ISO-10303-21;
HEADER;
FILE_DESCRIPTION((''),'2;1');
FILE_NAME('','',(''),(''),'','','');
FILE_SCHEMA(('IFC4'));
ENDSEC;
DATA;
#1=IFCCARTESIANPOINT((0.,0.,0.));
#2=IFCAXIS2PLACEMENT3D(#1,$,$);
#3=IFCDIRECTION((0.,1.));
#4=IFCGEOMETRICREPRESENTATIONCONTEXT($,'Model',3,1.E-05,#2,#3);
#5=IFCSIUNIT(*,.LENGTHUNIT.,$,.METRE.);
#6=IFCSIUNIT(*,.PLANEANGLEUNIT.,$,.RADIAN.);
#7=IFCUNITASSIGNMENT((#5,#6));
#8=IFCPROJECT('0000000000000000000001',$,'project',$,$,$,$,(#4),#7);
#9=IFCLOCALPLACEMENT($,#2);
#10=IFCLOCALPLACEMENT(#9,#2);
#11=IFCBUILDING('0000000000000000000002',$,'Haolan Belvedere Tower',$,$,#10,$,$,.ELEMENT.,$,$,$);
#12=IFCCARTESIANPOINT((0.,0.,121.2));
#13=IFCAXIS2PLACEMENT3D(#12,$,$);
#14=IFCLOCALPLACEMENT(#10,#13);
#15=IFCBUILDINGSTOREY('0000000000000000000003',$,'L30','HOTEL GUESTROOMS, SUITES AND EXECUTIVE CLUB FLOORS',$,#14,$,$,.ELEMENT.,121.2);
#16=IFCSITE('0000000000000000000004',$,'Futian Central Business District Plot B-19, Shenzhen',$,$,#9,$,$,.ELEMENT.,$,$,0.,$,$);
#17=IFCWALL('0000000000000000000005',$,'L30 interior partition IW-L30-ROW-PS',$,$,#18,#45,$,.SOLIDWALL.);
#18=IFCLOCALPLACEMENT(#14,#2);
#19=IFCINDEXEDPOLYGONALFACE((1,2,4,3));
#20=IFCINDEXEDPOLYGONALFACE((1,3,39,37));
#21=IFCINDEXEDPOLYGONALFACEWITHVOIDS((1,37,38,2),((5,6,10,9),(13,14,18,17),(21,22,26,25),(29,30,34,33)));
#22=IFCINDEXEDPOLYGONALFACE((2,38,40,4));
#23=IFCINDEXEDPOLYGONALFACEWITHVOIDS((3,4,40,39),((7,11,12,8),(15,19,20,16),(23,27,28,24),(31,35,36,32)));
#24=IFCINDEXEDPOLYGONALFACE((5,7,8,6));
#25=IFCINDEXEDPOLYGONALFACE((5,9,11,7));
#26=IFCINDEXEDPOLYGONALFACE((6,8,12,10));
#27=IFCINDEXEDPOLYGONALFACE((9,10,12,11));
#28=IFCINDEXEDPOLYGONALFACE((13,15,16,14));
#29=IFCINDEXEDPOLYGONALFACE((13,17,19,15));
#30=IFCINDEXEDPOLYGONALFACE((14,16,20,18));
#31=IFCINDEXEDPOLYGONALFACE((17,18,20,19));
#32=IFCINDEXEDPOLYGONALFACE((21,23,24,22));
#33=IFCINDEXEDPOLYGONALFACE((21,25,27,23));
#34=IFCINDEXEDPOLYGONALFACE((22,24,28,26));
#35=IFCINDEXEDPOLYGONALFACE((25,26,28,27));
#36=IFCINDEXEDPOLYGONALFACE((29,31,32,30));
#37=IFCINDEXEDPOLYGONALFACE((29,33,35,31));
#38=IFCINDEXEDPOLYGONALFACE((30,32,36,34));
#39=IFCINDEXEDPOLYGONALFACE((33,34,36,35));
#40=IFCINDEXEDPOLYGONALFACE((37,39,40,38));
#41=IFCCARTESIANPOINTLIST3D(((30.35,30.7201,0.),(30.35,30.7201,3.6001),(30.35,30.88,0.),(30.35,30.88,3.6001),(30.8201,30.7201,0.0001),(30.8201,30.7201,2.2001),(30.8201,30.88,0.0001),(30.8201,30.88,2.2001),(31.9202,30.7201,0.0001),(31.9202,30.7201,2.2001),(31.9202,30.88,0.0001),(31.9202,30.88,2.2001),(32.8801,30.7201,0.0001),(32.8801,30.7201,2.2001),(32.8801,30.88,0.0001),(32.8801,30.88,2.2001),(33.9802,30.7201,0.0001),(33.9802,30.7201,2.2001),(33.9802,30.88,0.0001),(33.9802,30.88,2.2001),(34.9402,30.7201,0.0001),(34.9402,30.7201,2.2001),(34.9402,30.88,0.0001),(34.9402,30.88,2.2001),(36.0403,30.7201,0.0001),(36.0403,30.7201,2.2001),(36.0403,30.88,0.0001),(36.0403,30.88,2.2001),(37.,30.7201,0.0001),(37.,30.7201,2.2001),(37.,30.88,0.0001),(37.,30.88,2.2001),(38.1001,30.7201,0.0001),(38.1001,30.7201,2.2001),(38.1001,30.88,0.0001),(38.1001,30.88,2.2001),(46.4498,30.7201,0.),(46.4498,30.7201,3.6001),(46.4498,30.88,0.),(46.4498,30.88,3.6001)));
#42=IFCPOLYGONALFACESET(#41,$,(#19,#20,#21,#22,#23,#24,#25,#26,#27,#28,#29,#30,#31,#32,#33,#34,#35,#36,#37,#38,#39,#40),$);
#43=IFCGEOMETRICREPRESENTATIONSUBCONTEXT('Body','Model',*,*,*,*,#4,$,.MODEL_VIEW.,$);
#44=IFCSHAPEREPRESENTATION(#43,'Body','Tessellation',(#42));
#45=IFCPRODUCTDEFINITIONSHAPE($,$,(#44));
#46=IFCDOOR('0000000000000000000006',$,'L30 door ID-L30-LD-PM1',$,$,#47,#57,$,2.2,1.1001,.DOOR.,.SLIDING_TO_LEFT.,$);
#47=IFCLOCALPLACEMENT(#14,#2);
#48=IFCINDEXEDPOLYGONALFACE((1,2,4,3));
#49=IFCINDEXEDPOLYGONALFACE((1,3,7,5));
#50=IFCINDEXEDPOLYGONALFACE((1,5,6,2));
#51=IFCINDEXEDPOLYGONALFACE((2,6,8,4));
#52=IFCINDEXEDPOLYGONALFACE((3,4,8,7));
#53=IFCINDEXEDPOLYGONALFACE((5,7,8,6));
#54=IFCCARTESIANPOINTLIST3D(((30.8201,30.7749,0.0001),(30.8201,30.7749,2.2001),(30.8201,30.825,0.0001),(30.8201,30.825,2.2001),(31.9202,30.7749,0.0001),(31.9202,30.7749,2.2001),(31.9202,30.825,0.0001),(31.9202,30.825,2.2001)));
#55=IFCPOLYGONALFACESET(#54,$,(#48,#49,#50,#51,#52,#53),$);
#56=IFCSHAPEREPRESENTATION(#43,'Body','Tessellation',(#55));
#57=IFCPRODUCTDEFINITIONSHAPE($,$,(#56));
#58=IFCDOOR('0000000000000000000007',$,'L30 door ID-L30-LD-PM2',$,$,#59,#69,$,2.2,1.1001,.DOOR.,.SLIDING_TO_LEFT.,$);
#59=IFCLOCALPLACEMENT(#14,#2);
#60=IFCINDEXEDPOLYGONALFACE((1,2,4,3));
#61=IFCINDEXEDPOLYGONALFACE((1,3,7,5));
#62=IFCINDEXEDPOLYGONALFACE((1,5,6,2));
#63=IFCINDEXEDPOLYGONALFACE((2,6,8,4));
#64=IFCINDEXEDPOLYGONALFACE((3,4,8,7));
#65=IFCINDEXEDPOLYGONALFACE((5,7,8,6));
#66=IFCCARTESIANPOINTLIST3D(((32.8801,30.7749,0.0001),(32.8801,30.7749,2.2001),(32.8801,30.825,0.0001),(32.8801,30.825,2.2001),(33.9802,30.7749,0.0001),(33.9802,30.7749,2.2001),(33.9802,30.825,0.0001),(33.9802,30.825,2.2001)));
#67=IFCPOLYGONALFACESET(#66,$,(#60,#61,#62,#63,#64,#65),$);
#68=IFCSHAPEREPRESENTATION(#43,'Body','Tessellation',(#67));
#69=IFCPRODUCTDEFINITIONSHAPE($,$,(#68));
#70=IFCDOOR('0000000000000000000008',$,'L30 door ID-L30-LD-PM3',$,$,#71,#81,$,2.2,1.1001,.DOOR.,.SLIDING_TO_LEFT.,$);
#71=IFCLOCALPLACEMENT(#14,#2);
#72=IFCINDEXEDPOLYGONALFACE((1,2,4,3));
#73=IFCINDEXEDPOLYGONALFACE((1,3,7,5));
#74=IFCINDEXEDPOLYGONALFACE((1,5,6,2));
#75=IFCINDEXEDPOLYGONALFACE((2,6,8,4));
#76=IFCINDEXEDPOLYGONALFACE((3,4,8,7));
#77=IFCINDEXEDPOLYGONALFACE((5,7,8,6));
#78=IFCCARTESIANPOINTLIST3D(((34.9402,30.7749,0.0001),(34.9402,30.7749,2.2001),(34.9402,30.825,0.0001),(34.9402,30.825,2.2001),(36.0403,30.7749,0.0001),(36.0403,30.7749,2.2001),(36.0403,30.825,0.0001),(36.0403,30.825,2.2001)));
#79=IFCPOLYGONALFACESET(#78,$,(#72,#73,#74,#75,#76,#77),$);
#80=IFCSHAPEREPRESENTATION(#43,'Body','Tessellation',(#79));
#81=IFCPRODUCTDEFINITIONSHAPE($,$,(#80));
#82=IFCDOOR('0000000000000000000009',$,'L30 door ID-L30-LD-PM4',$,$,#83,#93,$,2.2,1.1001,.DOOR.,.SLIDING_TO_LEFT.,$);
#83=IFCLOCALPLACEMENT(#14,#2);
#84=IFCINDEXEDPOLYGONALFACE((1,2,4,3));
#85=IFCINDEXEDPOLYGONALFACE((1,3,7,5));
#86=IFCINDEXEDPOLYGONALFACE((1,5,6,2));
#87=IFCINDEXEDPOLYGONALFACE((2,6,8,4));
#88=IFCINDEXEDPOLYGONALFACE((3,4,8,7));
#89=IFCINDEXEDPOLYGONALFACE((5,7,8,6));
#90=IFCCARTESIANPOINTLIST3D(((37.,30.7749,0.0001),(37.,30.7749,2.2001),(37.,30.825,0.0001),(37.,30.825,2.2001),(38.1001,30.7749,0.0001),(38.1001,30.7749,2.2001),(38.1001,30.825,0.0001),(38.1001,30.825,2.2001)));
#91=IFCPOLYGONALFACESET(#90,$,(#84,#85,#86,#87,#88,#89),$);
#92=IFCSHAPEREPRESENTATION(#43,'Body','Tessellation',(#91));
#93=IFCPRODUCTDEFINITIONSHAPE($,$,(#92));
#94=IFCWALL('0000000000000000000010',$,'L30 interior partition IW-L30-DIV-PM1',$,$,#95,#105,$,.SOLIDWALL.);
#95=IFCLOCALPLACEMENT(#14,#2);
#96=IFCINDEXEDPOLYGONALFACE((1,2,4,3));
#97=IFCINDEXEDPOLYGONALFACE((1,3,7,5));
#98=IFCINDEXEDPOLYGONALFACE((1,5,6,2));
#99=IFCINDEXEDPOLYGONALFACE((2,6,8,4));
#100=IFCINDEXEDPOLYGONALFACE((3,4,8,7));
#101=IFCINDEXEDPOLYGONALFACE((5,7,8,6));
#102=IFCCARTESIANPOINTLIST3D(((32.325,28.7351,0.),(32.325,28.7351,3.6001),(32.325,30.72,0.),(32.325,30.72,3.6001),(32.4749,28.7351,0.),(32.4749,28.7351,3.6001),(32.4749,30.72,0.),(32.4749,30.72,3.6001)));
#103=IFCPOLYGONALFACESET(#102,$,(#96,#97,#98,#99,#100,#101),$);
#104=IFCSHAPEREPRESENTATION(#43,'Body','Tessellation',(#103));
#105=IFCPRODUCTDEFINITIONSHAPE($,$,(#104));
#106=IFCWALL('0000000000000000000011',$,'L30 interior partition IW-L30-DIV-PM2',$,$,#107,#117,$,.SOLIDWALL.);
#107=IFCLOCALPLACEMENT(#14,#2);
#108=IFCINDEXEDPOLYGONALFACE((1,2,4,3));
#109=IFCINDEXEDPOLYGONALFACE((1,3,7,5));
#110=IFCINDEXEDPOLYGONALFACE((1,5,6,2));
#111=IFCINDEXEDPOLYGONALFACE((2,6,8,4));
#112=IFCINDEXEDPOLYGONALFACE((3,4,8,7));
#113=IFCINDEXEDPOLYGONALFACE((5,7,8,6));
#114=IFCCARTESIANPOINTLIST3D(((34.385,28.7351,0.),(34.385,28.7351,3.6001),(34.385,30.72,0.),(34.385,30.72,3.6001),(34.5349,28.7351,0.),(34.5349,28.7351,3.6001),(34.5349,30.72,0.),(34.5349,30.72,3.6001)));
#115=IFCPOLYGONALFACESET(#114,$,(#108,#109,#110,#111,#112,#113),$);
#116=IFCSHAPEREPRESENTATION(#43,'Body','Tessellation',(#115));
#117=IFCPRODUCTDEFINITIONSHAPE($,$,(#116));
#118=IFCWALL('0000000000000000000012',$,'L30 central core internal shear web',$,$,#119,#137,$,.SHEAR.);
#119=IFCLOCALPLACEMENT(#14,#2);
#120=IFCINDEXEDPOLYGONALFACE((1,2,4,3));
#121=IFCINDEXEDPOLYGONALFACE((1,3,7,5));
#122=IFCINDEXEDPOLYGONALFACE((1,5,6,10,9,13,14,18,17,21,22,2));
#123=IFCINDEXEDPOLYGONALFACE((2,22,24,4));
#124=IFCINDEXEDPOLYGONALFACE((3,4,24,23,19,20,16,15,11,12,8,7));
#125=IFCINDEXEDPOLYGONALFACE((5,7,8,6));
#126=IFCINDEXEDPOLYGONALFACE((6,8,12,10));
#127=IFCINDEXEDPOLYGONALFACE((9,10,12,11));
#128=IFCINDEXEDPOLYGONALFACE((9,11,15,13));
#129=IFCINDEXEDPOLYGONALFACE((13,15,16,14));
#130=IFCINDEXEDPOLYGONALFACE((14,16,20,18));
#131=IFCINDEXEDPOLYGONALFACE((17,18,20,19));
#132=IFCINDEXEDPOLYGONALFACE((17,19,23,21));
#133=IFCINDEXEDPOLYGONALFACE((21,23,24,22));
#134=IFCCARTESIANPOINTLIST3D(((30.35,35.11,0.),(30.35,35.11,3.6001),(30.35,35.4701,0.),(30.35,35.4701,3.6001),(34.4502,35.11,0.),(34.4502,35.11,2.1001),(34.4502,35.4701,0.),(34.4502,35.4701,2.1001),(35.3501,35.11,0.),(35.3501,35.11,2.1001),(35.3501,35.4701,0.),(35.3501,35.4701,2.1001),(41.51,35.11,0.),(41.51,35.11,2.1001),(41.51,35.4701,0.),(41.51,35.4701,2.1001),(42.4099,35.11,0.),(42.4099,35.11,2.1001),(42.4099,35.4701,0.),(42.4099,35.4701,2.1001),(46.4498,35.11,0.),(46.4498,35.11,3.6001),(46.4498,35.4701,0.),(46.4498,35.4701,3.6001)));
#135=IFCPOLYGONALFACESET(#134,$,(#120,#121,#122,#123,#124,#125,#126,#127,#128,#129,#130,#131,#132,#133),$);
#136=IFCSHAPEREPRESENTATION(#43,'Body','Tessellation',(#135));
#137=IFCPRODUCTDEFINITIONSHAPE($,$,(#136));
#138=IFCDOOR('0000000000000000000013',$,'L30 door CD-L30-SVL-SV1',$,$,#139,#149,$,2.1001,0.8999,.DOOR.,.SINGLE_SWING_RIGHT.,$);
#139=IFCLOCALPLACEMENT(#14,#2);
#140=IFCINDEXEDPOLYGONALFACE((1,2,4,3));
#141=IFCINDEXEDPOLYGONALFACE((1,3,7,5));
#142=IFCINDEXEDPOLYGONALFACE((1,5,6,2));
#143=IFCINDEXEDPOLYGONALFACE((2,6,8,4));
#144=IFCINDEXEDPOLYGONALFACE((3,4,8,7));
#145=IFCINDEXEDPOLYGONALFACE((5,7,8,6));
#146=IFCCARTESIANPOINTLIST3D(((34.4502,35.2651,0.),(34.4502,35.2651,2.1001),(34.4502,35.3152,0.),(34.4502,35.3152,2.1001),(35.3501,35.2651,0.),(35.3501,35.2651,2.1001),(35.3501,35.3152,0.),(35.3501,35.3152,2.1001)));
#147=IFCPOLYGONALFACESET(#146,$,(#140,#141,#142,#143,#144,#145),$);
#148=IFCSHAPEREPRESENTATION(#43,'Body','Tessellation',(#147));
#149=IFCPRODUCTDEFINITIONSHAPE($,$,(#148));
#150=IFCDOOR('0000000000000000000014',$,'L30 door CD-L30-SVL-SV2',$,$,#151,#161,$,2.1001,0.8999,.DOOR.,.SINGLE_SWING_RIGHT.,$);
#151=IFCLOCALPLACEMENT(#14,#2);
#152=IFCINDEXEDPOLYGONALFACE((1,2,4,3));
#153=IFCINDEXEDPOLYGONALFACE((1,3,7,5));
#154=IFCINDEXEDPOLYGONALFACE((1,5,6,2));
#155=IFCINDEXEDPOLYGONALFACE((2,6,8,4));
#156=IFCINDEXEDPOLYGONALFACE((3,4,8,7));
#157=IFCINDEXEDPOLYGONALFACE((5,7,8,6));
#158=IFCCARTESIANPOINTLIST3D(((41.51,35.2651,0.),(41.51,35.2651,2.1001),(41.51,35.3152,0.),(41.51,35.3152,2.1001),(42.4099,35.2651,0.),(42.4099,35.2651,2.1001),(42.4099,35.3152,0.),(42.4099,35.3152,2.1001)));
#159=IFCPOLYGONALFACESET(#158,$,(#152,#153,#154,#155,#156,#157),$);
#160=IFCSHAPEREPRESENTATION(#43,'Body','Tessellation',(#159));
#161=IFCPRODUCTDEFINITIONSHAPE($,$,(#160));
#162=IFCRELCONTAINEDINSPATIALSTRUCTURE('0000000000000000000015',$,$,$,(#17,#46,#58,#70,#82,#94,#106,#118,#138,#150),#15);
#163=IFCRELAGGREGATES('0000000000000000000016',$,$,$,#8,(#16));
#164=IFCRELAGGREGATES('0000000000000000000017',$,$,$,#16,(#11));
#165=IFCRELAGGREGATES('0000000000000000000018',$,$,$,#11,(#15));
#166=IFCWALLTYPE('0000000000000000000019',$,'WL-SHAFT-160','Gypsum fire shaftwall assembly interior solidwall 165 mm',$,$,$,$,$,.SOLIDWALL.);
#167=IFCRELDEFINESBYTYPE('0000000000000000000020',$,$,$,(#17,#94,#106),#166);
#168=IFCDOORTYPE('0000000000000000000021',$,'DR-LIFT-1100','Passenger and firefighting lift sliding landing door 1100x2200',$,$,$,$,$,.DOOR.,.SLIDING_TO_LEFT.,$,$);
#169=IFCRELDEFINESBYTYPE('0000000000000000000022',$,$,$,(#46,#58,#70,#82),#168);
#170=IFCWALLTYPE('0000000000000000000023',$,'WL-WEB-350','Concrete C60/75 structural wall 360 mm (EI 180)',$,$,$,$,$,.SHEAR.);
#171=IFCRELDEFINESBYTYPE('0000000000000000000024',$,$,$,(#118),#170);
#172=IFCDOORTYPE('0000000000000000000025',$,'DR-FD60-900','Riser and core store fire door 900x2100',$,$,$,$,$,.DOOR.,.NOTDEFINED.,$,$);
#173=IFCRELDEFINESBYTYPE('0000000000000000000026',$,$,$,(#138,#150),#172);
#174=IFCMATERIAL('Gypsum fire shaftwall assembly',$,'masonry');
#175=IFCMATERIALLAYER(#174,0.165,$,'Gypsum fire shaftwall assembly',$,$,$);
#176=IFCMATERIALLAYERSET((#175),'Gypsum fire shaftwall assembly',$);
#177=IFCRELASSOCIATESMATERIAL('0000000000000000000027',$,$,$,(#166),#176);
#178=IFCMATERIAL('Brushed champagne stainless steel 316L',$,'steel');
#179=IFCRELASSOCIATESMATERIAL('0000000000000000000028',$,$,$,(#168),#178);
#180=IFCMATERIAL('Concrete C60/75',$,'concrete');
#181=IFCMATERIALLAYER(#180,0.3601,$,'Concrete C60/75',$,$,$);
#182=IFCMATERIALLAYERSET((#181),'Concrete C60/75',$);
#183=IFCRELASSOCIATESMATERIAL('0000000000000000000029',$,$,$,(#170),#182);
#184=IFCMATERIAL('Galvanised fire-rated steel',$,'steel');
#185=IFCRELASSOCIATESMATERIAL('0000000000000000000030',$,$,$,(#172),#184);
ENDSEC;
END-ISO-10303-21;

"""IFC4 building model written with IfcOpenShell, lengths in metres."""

from ifc_helpers import new_model, si_unit, direction, frame, frame_2d, origin, place, context, subcontext, project, spatial, rectangle, extrude, material, layer, layer_set, type_object, element, fill, save


model = new_model("IFC4")

# Units and contexts
model_context = context("Model", 3, precision=1e-05, world=origin(), true_north=direction((0.0, 1.0)))
body_context = subcontext(model_context, "Body", "Model", "MODEL_VIEW")
ifc_project = project(units=[si_unit("LENGTHUNIT", "METRE"), si_unit("PLANEANGLEUNIT", "RADIAN")], contexts=[model_context])

# Site, building, storey
site_placement = place(None, origin())
site = spatial("IfcSite", under=ifc_project, at=site_placement, Name="Futian Central Business District Plot B-19, Shenzhen", CompositionType="ELEMENT", RefElevation=0.0)
building_placement = place(site_placement, origin())
building = spatial("IfcBuilding", under=site, at=building_placement, Name="Haolan Belvedere Tower", CompositionType="ELEMENT")
storey_placement = place(building_placement, frame((0.0, 0.0, 121.2)))
storey = spatial("IfcBuildingStorey", under=building, at=storey_placement, Name="L30", Description="HOTEL GUESTROOMS, SUITES AND EXECUTIVE CLUB FLOORS", CompositionType="ELEMENT", Elevation=121.2)

# Shared definitions
ifc_material_1 = material(Name="Concrete C60/75", Category="concrete")

# Shared definitions
ifc_material_2 = material(Name="Gypsum fire shaftwall assembly", Category="masonry")
ifc_layer_1 = layer(ifc_material_2, 0.165, Name="Gypsum fire shaftwall assembly")
ifc_layer_set_1 = layer_set([ifc_layer_1], Name="Gypsum fire shaftwall assembly")
wall_type_1 = type_object("IfcWallType", Name="WL-SHAFT-160", Description="Gypsum fire shaftwall assembly interior solidwall 165 mm", PredefinedType="SOLIDWALL", material=ifc_layer_set_1)

# Wall, openings, doors
wall_1_placement = place(storey_placement, frame((30.3501, 30.8, 0.0), z_axis=(0.0, 0.0, 1.0), x_axis=(1.0, 0.0, 0.0)))
wall_1 = element("IfcWall", 1, at=wall_1_placement, inside=storey, type_object=wall_type_1, Name="L30 interior partition IW-L30-ROW-PS", PredefinedType="SOLIDWALL", context=body_context, shape_type="SweptSolid", body=[
    extrude(rectangle(XDim=16.0999, YDim=0.1599, at=frame_2d((8.0498, 0.0))), origin(), (0.0, 0.0, 1.0), 3.6001),
])
opening_1_placement = place(wall_1_placement, frame((0.47, 0.0, 0.0)))
opening_1 = element("IfcOpeningElement", 2, at=opening_1_placement, cuts=wall_1, PredefinedType="OPENING", context=body_context, shape_type="SweptSolid", body=[
    extrude(rectangle(XDim=1.1001, YDim=2.2, at=frame_2d((0.55, 1.1001))), frame((0.0, 0.0898, 0.0), z_axis=(0.0, -1.0, 0.0), x_axis=(1.0, 0.0, 0.0)), (0.0, 0.0, 1.0), 0.1799),
])
opening_2_placement = place(wall_1_placement, frame((2.53, 0.0, 0.0)))
opening_2 = element("IfcOpeningElement", 3, at=opening_2_placement, cuts=wall_1, PredefinedType="OPENING", context=body_context, shape_type="SweptSolid", body=[
    extrude(rectangle(XDim=1.1001, YDim=2.2, at=frame_2d((0.55, 1.1001))), frame((0.0, 0.0898, 0.0), z_axis=(0.0, -1.0, 0.0), x_axis=(1.0, 0.0, 0.0)), (0.0, 0.0, 1.0), 0.1799),
])
opening_3_placement = place(wall_1_placement, frame((4.5901, 0.0, 0.0)))
opening_3 = element("IfcOpeningElement", 4, at=opening_3_placement, cuts=wall_1, PredefinedType="OPENING", context=body_context, shape_type="SweptSolid", body=[
    extrude(rectangle(XDim=1.1001, YDim=2.2, at=frame_2d((0.55, 1.1001))), frame((0.0, 0.0898, 0.0), z_axis=(0.0, -1.0, 0.0), x_axis=(1.0, 0.0, 0.0)), (0.0, 0.0, 1.0), 0.1799),
])
opening_4_placement = place(wall_1_placement, frame((6.6499, 0.0, 0.0)))
opening_4 = element("IfcOpeningElement", 5, at=opening_4_placement, cuts=wall_1, PredefinedType="OPENING", context=body_context, shape_type="SweptSolid", body=[
    extrude(rectangle(XDim=1.1001, YDim=2.2, at=frame_2d((0.55, 1.1001))), frame((0.0, 0.0898, 0.0), z_axis=(0.0, -1.0, 0.0), x_axis=(1.0, 0.0, 0.0)), (0.0, 0.0, 1.0), 0.1799),
])
ifc_material_3 = material(Name="Brushed champagne stainless steel 316L", Category="steel")
door_type_1 = type_object("IfcDoorType", Name="DR-LIFT-1100", Description="Passenger and firefighting lift sliding landing door 1100x2200", OperationType="SLIDING_TO_LEFT", PredefinedType="DOOR", material=ifc_material_3)
door_1_placement = place(opening_1_placement, origin())
door_1 = element("IfcDoor", 6, at=door_1_placement, inside=storey, type_object=door_type_1, Name="L30 door ID-L30-LD-PM1", OperationType="SLIDING_TO_LEFT", OverallHeight=2.2, OverallWidth=1.1001, PredefinedType="DOOR", context=body_context, shape_type="SweptSolid", body=[
    extrude(rectangle(XDim=1.1001, YDim=2.2, at=frame_2d((0.55, 1.1001))), frame((0.0, 0.0249, 0.0), z_axis=(0.0, -1.0, 0.0), x_axis=(1.0, 0.0, 0.0)), (0.0, 0.0, 1.0), 0.05),
])
fill(opening_1, door_1)
door_2_placement = place(opening_2_placement, origin())
door_2 = element("IfcDoor", 7, at=door_2_placement, inside=storey, type_object=door_type_1, Name="L30 door ID-L30-LD-PM2", OperationType="SLIDING_TO_LEFT", OverallHeight=2.2, OverallWidth=1.1001, PredefinedType="DOOR", context=body_context, shape_type="SweptSolid", body=[
    extrude(rectangle(XDim=1.1001, YDim=2.2, at=frame_2d((0.55, 1.1001))), frame((0.0, 0.0249, 0.0), z_axis=(0.0, -1.0, 0.0), x_axis=(1.0, 0.0, 0.0)), (0.0, 0.0, 1.0), 0.05),
])
fill(opening_2, door_2)
door_3_placement = place(opening_3_placement, origin())
door_3 = element("IfcDoor", 8, at=door_3_placement, inside=storey, type_object=door_type_1, Name="L30 door ID-L30-LD-PM3", OperationType="SLIDING_TO_LEFT", OverallHeight=2.2, OverallWidth=1.1001, PredefinedType="DOOR", context=body_context, shape_type="SweptSolid", body=[
    extrude(rectangle(XDim=1.1001, YDim=2.2, at=frame_2d((0.55, 1.1001))), frame((0.0, 0.0249, 0.0), z_axis=(0.0, -1.0, 0.0), x_axis=(1.0, 0.0, 0.0)), (0.0, 0.0, 1.0), 0.05),
])
fill(opening_3, door_3)
door_4_placement = place(opening_4_placement, origin())
door_4 = element("IfcDoor", 9, at=door_4_placement, inside=storey, type_object=door_type_1, Name="L30 door ID-L30-LD-PM4", OperationType="SLIDING_TO_LEFT", OverallHeight=2.2, OverallWidth=1.1001, PredefinedType="DOOR", context=body_context, shape_type="SweptSolid", body=[
    extrude(rectangle(XDim=1.1001, YDim=2.2, at=frame_2d((0.55, 1.1001))), frame((0.0, 0.0249, 0.0), z_axis=(0.0, -1.0, 0.0), x_axis=(1.0, 0.0, 0.0)), (0.0, 0.0, 1.0), 0.05),
])
fill(opening_4, door_4)

# Walls
for number, where, z_axis, x_axis, name in (
    (10, (32.3999, 28.7351, 0.0), (0.0, 0.0, 1.0), (0.0, 1.0, 0.0), "L30 interior partition IW-L30-DIV-PM1"),
    (11, (34.46, 28.7351, 0.0), (0.0, 0.0, 1.0), (0.0, 1.0, 0.0), "L30 interior partition IW-L30-DIV-PM2"),
):
    element("IfcWall", number, at=place(storey_placement, frame(where, z_axis=z_axis, x_axis=x_axis)), inside=storey, type_object=wall_type_1, Name=name, PredefinedType="SOLIDWALL", context=body_context, shape_type="SweptSolid", body=[
        extrude(rectangle(XDim=1.9849, YDim=0.1499, at=frame_2d((0.9924, 0.0))), origin(), (0.0, 0.0, 1.0), 3.6001),
    ])

# Wall, openings, doors
ifc_layer_2 = layer(ifc_material_1, 0.3601, Name="Concrete C60/75")
ifc_layer_set_2 = layer_set([ifc_layer_2], Name="Concrete C60/75")
wall_type_2 = type_object("IfcWallType", Name="WL-WEB-350", Description="Concrete C60/75 structural wall 360 mm (EI 180)", PredefinedType="SHEAR", material=ifc_layer_set_2)
wall_2_placement = place(storey_placement, frame((30.3501, 35.29, 0.0), z_axis=(0.0, 0.0, 1.0), x_axis=(1.0, 0.0, 0.0)))
wall_2 = element("IfcWall", 12, at=wall_2_placement, inside=storey, type_object=wall_type_2, Name="L30 central core internal shear web", PredefinedType="SHEAR", context=body_context, shape_type="SweptSolid", body=[
    extrude(rectangle(XDim=16.0999, YDim=0.3601, at=frame_2d((8.0498, 0.0))), origin(), (0.0, 0.0, 1.0), 3.6001),
])
opening_5_placement = place(wall_2_placement, frame((5.0, 0.0, 0.0), z_axis=(0.0, 0.0, 1.0), x_axis=(-1.0, 0.0, 0.0)))
opening_5 = element("IfcOpeningElement", 13, at=opening_5_placement, cuts=wall_2, PredefinedType="OPENING", context=body_context, shape_type="SweptSolid", body=[
    extrude(rectangle(XDim=0.8999, YDim=2.1001, at=frame_2d((0.45, 1.05))), frame((0.0, 0.1899, 0.0), z_axis=(0.0, -1.0, 0.0), x_axis=(1.0, 0.0, 0.0)), (0.0, 0.0, 1.0), 0.3801),
])
opening_6_placement = place(wall_2_placement, frame((12.0598, 0.0, 0.0), z_axis=(0.0, 0.0, 1.0), x_axis=(-1.0, 0.0, 0.0)))
opening_6 = element("IfcOpeningElement", 14, at=opening_6_placement, cuts=wall_2, PredefinedType="OPENING", context=body_context, shape_type="SweptSolid", body=[
    extrude(rectangle(XDim=0.8999, YDim=2.1001, at=frame_2d((0.45, 1.05))), frame((0.0, 0.1899, 0.0), z_axis=(0.0, -1.0, 0.0), x_axis=(1.0, 0.0, 0.0)), (0.0, 0.0, 1.0), 0.3801),
])
ifc_material_4 = material(Name="Galvanised fire-rated steel", Category="steel")
door_type_2 = type_object("IfcDoorType", Name="DR-FD60-900", Description="Riser and core store fire door 900x2100", OperationType="NOTDEFINED", PredefinedType="DOOR", material=ifc_material_4)
door_5_placement = place(opening_5_placement, origin())
door_5 = element("IfcDoor", 15, at=door_5_placement, inside=storey, type_object=door_type_2, Name="L30 door CD-L30-SVL-SV1", OperationType="SINGLE_SWING_RIGHT", OverallHeight=2.1001, OverallWidth=0.8999, PredefinedType="DOOR", context=body_context, shape_type="SweptSolid", body=[
    extrude(rectangle(XDim=0.8999, YDim=2.1001, at=frame_2d((0.45, 1.05))), frame((0.0, 0.0249, 0.0), z_axis=(0.0, -1.0, 0.0), x_axis=(1.0, 0.0, 0.0)), (0.0, 0.0, 1.0), 0.05),
])
fill(opening_5, door_5)
door_6_placement = place(opening_6_placement, origin())
door_6 = element("IfcDoor", 16, at=door_6_placement, inside=storey, type_object=door_type_2, Name="L30 door CD-L30-SVL-SV2", OperationType="SINGLE_SWING_RIGHT", OverallHeight=2.1001, OverallWidth=0.8999, PredefinedType="DOOR", context=body_context, shape_type="SweptSolid", body=[
    extrude(rectangle(XDim=0.8999, YDim=2.1001, at=frame_2d((0.45, 1.05))), frame((0.0, 0.0249, 0.0), z_axis=(0.0, -1.0, 0.0), x_axis=(1.0, 0.0, 0.0)), (0.0, 0.0, 1.0), 0.05),
])
fill(opening_6, door_6)

save(model, "model.ifc")
